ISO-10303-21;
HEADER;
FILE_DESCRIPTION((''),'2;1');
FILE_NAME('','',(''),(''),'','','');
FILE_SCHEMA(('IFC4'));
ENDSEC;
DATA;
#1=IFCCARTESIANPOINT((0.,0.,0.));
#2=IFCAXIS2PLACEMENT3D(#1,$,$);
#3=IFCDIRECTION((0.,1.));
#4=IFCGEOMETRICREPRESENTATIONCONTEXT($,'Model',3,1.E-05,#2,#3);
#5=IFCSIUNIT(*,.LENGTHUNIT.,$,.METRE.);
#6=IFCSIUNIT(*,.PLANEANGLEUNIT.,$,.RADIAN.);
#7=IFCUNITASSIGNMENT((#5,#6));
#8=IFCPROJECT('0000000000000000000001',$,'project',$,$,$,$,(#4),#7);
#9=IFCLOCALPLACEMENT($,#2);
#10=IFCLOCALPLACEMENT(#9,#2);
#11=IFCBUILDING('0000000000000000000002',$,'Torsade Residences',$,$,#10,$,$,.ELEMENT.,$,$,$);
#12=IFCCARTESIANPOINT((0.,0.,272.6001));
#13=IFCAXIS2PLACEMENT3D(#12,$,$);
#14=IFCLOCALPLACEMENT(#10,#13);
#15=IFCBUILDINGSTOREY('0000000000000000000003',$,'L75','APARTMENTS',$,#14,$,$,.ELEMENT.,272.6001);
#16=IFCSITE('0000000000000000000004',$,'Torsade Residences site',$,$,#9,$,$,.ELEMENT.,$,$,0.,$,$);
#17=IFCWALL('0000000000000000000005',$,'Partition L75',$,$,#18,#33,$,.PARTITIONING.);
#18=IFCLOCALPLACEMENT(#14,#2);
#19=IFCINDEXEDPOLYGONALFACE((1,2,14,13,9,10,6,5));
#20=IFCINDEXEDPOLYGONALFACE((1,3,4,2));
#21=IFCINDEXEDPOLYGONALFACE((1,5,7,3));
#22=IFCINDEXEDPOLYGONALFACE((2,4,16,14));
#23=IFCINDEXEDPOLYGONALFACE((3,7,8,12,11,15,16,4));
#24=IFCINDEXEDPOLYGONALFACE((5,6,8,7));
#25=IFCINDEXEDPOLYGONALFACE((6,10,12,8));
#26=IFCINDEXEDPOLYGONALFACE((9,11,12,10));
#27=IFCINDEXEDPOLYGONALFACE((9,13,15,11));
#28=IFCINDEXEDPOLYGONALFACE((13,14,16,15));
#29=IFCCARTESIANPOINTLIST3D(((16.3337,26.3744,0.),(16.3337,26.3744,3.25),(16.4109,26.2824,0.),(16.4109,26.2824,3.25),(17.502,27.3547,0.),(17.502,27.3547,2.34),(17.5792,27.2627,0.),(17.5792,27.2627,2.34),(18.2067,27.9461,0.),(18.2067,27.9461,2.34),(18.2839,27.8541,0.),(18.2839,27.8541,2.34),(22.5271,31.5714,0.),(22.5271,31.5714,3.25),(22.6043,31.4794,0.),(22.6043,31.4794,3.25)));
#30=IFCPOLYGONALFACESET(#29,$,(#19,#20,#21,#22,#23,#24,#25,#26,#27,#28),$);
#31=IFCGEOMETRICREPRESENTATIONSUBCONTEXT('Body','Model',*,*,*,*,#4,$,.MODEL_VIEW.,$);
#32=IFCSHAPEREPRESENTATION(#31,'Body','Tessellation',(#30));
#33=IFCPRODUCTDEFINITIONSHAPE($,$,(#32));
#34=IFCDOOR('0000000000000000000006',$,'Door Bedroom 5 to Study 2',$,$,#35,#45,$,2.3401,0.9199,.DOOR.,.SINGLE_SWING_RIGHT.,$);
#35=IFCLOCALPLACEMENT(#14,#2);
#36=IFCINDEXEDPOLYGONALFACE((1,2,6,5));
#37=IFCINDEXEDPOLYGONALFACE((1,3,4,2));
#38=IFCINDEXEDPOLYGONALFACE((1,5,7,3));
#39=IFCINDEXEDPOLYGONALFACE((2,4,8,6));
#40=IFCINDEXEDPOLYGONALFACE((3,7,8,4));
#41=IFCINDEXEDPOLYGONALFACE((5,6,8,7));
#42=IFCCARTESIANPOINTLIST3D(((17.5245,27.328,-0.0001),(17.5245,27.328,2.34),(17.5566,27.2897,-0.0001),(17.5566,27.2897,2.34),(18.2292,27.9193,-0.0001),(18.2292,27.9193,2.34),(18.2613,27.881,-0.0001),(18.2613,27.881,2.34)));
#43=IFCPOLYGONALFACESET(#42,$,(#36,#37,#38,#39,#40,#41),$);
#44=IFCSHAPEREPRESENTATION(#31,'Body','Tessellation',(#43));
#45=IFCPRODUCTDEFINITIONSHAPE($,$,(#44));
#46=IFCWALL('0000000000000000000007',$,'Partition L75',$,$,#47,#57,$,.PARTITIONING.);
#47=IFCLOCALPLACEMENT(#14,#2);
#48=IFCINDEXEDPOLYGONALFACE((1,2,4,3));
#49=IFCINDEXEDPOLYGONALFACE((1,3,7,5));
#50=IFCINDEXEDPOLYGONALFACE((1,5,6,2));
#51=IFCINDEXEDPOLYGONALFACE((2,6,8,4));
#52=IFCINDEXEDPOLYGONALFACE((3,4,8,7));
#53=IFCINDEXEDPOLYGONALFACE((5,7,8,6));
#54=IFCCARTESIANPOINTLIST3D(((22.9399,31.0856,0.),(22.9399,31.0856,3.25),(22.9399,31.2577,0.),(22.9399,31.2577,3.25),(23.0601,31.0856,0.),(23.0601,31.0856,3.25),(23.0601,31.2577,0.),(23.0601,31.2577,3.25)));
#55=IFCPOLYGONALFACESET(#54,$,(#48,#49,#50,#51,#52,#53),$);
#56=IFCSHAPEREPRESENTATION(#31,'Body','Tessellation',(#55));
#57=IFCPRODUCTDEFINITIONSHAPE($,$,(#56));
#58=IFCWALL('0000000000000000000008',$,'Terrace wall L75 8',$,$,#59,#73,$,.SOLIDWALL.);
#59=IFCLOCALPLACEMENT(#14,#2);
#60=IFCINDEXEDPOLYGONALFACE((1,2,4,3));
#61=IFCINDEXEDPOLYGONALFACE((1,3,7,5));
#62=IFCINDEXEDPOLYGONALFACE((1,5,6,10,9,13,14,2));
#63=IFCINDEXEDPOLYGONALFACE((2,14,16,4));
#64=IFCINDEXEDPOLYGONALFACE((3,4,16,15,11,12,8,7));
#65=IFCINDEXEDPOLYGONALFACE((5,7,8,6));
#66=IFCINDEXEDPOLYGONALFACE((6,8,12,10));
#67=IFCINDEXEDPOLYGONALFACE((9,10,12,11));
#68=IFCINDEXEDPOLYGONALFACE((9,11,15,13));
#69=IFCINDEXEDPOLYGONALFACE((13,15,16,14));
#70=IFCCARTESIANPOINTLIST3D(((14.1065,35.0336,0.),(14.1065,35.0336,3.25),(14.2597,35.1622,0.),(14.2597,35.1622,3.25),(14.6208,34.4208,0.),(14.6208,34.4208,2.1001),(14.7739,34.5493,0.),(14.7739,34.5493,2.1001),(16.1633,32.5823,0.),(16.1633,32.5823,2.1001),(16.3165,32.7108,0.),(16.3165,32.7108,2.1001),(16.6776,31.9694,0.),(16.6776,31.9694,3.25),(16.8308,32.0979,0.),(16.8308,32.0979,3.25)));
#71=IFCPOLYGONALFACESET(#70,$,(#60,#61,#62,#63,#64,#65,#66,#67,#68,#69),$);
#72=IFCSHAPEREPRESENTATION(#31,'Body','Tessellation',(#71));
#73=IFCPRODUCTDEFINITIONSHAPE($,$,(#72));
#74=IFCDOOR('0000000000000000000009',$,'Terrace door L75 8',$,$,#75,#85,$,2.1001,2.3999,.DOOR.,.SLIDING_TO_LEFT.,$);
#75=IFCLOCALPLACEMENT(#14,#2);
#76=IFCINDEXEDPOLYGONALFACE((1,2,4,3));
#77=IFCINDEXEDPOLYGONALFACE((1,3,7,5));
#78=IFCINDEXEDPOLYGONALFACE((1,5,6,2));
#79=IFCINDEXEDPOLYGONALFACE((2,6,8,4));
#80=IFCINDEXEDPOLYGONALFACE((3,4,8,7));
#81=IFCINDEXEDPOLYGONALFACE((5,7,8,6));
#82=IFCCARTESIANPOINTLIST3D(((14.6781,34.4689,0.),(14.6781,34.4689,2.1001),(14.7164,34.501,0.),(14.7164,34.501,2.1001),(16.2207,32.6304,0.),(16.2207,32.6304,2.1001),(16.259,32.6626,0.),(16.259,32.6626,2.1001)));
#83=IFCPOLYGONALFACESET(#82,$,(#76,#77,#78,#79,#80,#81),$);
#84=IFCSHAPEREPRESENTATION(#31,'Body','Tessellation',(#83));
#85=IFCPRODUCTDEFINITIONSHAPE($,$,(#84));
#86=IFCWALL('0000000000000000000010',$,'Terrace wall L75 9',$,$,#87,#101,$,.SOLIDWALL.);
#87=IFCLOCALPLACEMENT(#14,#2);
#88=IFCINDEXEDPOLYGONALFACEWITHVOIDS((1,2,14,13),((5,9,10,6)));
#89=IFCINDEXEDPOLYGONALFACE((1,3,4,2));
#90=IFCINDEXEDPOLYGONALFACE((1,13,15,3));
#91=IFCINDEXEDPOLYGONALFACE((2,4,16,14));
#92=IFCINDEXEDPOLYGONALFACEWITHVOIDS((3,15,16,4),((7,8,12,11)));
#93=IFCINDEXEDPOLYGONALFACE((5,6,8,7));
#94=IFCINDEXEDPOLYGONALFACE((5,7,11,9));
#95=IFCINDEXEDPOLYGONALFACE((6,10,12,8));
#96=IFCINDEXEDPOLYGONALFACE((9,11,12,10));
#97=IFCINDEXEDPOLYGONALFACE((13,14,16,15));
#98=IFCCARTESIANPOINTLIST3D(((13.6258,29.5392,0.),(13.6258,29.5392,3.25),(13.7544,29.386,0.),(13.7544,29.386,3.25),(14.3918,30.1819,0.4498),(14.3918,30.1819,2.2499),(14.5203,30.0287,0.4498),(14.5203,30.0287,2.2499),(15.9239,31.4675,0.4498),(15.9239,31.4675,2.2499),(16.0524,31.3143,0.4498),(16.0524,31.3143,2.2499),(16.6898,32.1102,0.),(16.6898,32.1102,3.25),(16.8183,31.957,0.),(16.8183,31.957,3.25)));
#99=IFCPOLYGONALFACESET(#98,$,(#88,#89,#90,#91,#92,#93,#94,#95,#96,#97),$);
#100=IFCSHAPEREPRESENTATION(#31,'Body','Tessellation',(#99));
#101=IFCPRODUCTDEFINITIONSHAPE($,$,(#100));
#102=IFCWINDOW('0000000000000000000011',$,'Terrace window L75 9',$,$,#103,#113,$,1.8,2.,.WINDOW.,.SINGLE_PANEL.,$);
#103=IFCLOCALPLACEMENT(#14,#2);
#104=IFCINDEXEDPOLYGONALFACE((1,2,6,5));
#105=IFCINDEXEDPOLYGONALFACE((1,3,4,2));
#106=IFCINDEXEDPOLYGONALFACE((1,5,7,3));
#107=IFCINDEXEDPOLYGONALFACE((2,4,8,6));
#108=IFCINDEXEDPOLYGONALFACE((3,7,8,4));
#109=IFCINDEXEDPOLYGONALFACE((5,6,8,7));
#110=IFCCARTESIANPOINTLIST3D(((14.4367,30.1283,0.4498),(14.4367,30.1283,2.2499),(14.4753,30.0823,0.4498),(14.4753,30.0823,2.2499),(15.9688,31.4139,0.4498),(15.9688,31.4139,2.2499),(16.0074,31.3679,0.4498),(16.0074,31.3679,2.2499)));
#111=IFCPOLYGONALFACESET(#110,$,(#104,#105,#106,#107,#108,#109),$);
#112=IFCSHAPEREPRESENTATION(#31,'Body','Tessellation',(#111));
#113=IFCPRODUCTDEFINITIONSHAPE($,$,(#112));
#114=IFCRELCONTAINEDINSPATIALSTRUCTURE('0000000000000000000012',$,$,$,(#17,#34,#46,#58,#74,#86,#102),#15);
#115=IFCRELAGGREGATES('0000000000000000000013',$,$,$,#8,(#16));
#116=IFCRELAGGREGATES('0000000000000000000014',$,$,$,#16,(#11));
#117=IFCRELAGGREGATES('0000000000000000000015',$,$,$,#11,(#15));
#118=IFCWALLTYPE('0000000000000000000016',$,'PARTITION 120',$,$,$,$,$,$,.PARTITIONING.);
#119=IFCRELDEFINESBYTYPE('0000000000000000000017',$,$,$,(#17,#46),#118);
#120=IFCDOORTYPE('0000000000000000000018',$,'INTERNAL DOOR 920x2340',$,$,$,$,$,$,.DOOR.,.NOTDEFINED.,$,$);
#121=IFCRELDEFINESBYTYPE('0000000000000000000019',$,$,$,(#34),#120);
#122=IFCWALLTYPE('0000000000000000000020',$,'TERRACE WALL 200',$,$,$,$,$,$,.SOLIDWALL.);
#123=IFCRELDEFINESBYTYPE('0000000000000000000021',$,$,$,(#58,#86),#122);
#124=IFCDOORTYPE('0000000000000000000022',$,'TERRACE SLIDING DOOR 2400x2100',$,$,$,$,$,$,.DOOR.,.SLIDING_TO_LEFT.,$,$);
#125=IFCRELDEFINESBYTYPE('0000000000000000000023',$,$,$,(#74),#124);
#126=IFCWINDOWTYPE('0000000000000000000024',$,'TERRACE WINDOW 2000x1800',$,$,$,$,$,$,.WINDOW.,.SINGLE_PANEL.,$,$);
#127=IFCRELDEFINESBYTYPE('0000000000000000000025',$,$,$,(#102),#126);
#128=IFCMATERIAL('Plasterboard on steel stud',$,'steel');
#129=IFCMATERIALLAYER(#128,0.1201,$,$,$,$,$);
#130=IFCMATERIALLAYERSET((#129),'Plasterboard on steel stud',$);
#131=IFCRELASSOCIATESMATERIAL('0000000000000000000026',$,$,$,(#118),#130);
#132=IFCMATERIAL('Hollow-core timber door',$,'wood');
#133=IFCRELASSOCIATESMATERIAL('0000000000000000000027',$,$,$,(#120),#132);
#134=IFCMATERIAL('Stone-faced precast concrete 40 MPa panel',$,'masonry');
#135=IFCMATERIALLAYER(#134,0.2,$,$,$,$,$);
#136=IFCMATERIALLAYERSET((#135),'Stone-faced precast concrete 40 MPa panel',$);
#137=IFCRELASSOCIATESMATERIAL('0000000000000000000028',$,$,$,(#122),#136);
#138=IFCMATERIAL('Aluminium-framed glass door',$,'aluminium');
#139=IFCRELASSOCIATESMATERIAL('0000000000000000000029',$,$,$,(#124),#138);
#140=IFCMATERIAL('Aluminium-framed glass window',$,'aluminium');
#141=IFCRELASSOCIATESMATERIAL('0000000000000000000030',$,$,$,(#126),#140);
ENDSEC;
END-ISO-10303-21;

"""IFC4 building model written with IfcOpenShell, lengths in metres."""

from ifc_helpers import new_model, si_unit, direction, frame, frame_2d, origin, place, context, subcontext, project, spatial, rectangle, extrude, material, layer, layer_set, type_object, element, fill, save


model = new_model("IFC4")

# Units and contexts
model_context = context("Model", 3, precision=1e-05, world=origin(), true_north=direction((0.0, 1.0)))
body_context = subcontext(model_context, "Body", "Model", "MODEL_VIEW")
ifc_project = project(units=[si_unit("LENGTHUNIT", "METRE"), si_unit("PLANEANGLEUNIT", "RADIAN")], contexts=[model_context])

# Site, building, storey
site_placement = place(None, origin())
site = spatial("IfcSite", under=ifc_project, at=site_placement, Name="Torsade Residences site", CompositionType="ELEMENT", RefElevation=0.0)
building_placement = place(site_placement, origin())
building = spatial("IfcBuilding", under=site, at=building_placement, Name="Torsade Residences", CompositionType="ELEMENT")
storey_placement = place(building_placement, frame((0.0, 0.0, 272.6001)))
storey = spatial("IfcBuildingStorey", under=building, at=storey_placement, Name="L75", Description="APARTMENTS", CompositionType="ELEMENT", Elevation=272.6001)

# Shared definitions
ifc_material_1 = material(Name="Plasterboard on steel stud", Category="steel")
ifc_layer_1 = layer(ifc_material_1, 0.1201)
ifc_layer_set_1 = layer_set([ifc_layer_1], Name="Plasterboard on steel stud")
wall_type_1 = type_object("IfcWallType", Name="PARTITION 120", PredefinedType="PARTITIONING", material=ifc_layer_set_1)
ifc_material_2 = material(Name="Hollow-core timber door", Category="wood")
door_type_1 = type_object("IfcDoorType", Name="INTERNAL DOOR 920x2340", OperationType="NOTDEFINED", PredefinedType="DOOR", material=ifc_material_2)

# Wall, opening, door
wall_1_placement = place(storey_placement, frame((22.5657, 31.5254, 0.0), z_axis=(0.0, 0.0, 1.0), x_axis=(-0.766034, -0.6428, 0.0)))
wall_1 = element("IfcWall", 1, at=wall_1_placement, inside=storey, type_object=wall_type_1, Name="Partition L75", PredefinedType="PARTITIONING", context=body_context, shape_type="SweptSolid", body=[
    extrude(rectangle(XDim=8.085, YDim=0.1201, at=frame_2d((4.0425, 0.0))), origin(), (0.0, 0.0, 1.0), 3.25),
])
opening_1_placement = place(wall_1_placement, frame((5.6399, 0.0, 0.0)))
opening_1 = element("IfcOpeningElement", 2, at=opening_1_placement, cuts=wall_1, PredefinedType="OPENING", context=body_context, shape_type="SweptSolid", body=[
    extrude(rectangle(XDim=0.9199, YDim=2.3401, at=frame_2d((0.46, 1.1699))), frame((0.0, 0.0701, 0.0), z_axis=(0.0, -1.0, 0.0), x_axis=(1.0, 0.0, 0.0)), (0.0, 0.0, 1.0), 0.1401),
])
door_1_placement = place(opening_1_placement, origin())
door_1 = element("IfcDoor", 3, at=door_1_placement, inside=storey, type_object=door_type_1, Name="Door Bedroom 5 to Study 2", OperationType="SINGLE_SWING_RIGHT", OverallHeight=2.3401, OverallWidth=0.9199, PredefinedType="DOOR", context=body_context, shape_type="SweptSolid", body=[
    extrude(rectangle(XDim=0.9199, YDim=2.3401, at=frame_2d((0.46, 1.1699))), frame((0.0, 0.0249, 0.0), z_axis=(0.0, -1.0, 0.0), x_axis=(1.0, 0.0, 0.0)), (0.0, 0.0, 1.0), 0.05),
])
fill(opening_1, door_1)

# Wall
wall_2_placement = place(storey_placement, frame((23.0, 31.2576, 0.0), z_axis=(0.0, 0.0, 1.0), x_axis=(0.0, -1.0, 0.0)))
element("IfcWall", 4, at=wall_2_placement, inside=storey, type_object=wall_type_1, Name="Partition L75", PredefinedType="PARTITIONING", context=body_context, shape_type="SweptSolid", body=[
    extrude(rectangle(XDim=0.1721, YDim=0.1201, at=frame_2d((0.0859, 0.0))), origin(), (0.0, 0.0, 1.0), 3.25),
])

# Wall, opening, door
ifc_material_3 = material(Name="Stone-faced precast concrete 40 MPa panel", Category="masonry")
ifc_layer_2 = layer(ifc_material_3, 0.2)
ifc_layer_set_2 = layer_set([ifc_layer_2], Name="Stone-faced precast concrete 40 MPa panel")
wall_type_2 = type_object("IfcWallType", Name="TERRACE WALL 200", PredefinedType="SOLIDWALL", material=ifc_layer_set_2)
wall_3_placement = place(storey_placement, frame((14.1831, 35.0979, 0.0), z_axis=(0.0, 0.0, 1.0), x_axis=(0.642768, -0.766061, 0.0)))
wall_3 = element("IfcWall", 5, at=wall_3_placement, inside=storey, type_object=wall_type_2, Name="Terrace wall L75 8", PredefinedType="SOLIDWALL", context=body_context, shape_type="SweptSolid", body=[
    extrude(rectangle(XDim=4.0, YDim=0.2, at=frame_2d((2.0, 0.0))), origin(), (0.0, 0.0, 1.0), 3.25),
])
opening_2_placement = place(wall_3_placement, frame((0.8, 0.0, 0.0)))
opening_2 = element("IfcOpeningElement", 6, at=opening_2_placement, cuts=wall_3, PredefinedType="OPENING", context=body_context, shape_type="SweptSolid", body=[
    extrude(rectangle(XDim=2.3999, YDim=2.1001, at=frame_2d((1.2, 1.05))), frame((0.0, 0.1099, 0.0), z_axis=(0.0, -1.0, 0.0), x_axis=(1.0, 0.0, 0.0)), (0.0, 0.0, 1.0), 0.22),
])
ifc_material_4 = material(Name="Aluminium-framed glass door", Category="aluminium")
door_type_2 = type_object("IfcDoorType", Name="TERRACE SLIDING DOOR 2400x2100", OperationType="SLIDING_TO_LEFT", PredefinedType="DOOR", material=ifc_material_4)
door_2_placement = place(opening_2_placement, origin())
door_2 = element("IfcDoor", 7, at=door_2_placement, inside=storey, type_object=door_type_2, Name="Terrace door L75 8", OperationType="SLIDING_TO_LEFT", OverallHeight=2.1001, OverallWidth=2.3999, PredefinedType="DOOR", context=body_context, shape_type="SweptSolid", body=[
    extrude(rectangle(XDim=2.3999, YDim=2.1001, at=frame_2d((1.2, 1.05))), frame((0.0, 0.0249, 0.0), z_axis=(0.0, -1.0, 0.0), x_axis=(1.0, 0.0, 0.0)), (0.0, 0.0, 1.0), 0.05),
])
fill(opening_2, door_2)

# Wall, opening, window
wall_4_placement = place(storey_placement, frame((16.7542, 32.0337, 0.0), z_axis=(0.0, 0.0, 1.0), x_axis=(-0.766035, -0.642798, 0.0)))
wall_4 = element("IfcWall", 8, at=wall_4_placement, inside=storey, type_object=wall_type_2, Name="Terrace wall L75 9", PredefinedType="SOLIDWALL", context=body_context, shape_type="SweptSolid", body=[
    extrude(rectangle(XDim=3.9998, YDim=0.2, at=frame_2d((2.0, 0.0))), origin(), (0.0, 0.0, 1.0), 3.25),
])
opening_3_placement = place(wall_4_placement, frame((1.0, 0.0, 0.45)))
opening_3 = element("IfcOpeningElement", 9, at=opening_3_placement, cuts=wall_4, PredefinedType="OPENING", context=body_context, shape_type="SweptSolid", body=[
    extrude(rectangle(XDim=2.0, YDim=1.8, at=frame_2d((1.0, 0.8999))), frame((0.0, 0.1099, 0.0), z_axis=(0.0, -1.0, 0.0), x_axis=(1.0, 0.0, 0.0)), (0.0, 0.0, 1.0), 0.22),
])
ifc_material_5 = material(Name="Aluminium-framed glass window", Category="aluminium")
window_type = type_object("IfcWindowType", Name="TERRACE WINDOW 2000x1800", PartitioningType="SINGLE_PANEL", PredefinedType="WINDOW", material=ifc_material_5)
window_placement = place(opening_3_placement, origin())
window = element("IfcWindow", 10, at=window_placement, inside=storey, type_object=window_type, Name="Terrace window L75 9", OverallHeight=1.8, OverallWidth=2.0, PartitioningType="SINGLE_PANEL", PredefinedType="WINDOW", context=body_context, shape_type="SweptSolid", body=[
    extrude(rectangle(XDim=2.0, YDim=1.8, at=frame_2d((1.0, 0.8999))), frame((0.0, 0.03, 0.0), z_axis=(0.0, -1.0, 0.0), x_axis=(1.0, 0.0, 0.0)), (0.0, 0.0, 1.0), 0.0601),
])
fill(opening_3, window)

save(model, "model.ifc")
